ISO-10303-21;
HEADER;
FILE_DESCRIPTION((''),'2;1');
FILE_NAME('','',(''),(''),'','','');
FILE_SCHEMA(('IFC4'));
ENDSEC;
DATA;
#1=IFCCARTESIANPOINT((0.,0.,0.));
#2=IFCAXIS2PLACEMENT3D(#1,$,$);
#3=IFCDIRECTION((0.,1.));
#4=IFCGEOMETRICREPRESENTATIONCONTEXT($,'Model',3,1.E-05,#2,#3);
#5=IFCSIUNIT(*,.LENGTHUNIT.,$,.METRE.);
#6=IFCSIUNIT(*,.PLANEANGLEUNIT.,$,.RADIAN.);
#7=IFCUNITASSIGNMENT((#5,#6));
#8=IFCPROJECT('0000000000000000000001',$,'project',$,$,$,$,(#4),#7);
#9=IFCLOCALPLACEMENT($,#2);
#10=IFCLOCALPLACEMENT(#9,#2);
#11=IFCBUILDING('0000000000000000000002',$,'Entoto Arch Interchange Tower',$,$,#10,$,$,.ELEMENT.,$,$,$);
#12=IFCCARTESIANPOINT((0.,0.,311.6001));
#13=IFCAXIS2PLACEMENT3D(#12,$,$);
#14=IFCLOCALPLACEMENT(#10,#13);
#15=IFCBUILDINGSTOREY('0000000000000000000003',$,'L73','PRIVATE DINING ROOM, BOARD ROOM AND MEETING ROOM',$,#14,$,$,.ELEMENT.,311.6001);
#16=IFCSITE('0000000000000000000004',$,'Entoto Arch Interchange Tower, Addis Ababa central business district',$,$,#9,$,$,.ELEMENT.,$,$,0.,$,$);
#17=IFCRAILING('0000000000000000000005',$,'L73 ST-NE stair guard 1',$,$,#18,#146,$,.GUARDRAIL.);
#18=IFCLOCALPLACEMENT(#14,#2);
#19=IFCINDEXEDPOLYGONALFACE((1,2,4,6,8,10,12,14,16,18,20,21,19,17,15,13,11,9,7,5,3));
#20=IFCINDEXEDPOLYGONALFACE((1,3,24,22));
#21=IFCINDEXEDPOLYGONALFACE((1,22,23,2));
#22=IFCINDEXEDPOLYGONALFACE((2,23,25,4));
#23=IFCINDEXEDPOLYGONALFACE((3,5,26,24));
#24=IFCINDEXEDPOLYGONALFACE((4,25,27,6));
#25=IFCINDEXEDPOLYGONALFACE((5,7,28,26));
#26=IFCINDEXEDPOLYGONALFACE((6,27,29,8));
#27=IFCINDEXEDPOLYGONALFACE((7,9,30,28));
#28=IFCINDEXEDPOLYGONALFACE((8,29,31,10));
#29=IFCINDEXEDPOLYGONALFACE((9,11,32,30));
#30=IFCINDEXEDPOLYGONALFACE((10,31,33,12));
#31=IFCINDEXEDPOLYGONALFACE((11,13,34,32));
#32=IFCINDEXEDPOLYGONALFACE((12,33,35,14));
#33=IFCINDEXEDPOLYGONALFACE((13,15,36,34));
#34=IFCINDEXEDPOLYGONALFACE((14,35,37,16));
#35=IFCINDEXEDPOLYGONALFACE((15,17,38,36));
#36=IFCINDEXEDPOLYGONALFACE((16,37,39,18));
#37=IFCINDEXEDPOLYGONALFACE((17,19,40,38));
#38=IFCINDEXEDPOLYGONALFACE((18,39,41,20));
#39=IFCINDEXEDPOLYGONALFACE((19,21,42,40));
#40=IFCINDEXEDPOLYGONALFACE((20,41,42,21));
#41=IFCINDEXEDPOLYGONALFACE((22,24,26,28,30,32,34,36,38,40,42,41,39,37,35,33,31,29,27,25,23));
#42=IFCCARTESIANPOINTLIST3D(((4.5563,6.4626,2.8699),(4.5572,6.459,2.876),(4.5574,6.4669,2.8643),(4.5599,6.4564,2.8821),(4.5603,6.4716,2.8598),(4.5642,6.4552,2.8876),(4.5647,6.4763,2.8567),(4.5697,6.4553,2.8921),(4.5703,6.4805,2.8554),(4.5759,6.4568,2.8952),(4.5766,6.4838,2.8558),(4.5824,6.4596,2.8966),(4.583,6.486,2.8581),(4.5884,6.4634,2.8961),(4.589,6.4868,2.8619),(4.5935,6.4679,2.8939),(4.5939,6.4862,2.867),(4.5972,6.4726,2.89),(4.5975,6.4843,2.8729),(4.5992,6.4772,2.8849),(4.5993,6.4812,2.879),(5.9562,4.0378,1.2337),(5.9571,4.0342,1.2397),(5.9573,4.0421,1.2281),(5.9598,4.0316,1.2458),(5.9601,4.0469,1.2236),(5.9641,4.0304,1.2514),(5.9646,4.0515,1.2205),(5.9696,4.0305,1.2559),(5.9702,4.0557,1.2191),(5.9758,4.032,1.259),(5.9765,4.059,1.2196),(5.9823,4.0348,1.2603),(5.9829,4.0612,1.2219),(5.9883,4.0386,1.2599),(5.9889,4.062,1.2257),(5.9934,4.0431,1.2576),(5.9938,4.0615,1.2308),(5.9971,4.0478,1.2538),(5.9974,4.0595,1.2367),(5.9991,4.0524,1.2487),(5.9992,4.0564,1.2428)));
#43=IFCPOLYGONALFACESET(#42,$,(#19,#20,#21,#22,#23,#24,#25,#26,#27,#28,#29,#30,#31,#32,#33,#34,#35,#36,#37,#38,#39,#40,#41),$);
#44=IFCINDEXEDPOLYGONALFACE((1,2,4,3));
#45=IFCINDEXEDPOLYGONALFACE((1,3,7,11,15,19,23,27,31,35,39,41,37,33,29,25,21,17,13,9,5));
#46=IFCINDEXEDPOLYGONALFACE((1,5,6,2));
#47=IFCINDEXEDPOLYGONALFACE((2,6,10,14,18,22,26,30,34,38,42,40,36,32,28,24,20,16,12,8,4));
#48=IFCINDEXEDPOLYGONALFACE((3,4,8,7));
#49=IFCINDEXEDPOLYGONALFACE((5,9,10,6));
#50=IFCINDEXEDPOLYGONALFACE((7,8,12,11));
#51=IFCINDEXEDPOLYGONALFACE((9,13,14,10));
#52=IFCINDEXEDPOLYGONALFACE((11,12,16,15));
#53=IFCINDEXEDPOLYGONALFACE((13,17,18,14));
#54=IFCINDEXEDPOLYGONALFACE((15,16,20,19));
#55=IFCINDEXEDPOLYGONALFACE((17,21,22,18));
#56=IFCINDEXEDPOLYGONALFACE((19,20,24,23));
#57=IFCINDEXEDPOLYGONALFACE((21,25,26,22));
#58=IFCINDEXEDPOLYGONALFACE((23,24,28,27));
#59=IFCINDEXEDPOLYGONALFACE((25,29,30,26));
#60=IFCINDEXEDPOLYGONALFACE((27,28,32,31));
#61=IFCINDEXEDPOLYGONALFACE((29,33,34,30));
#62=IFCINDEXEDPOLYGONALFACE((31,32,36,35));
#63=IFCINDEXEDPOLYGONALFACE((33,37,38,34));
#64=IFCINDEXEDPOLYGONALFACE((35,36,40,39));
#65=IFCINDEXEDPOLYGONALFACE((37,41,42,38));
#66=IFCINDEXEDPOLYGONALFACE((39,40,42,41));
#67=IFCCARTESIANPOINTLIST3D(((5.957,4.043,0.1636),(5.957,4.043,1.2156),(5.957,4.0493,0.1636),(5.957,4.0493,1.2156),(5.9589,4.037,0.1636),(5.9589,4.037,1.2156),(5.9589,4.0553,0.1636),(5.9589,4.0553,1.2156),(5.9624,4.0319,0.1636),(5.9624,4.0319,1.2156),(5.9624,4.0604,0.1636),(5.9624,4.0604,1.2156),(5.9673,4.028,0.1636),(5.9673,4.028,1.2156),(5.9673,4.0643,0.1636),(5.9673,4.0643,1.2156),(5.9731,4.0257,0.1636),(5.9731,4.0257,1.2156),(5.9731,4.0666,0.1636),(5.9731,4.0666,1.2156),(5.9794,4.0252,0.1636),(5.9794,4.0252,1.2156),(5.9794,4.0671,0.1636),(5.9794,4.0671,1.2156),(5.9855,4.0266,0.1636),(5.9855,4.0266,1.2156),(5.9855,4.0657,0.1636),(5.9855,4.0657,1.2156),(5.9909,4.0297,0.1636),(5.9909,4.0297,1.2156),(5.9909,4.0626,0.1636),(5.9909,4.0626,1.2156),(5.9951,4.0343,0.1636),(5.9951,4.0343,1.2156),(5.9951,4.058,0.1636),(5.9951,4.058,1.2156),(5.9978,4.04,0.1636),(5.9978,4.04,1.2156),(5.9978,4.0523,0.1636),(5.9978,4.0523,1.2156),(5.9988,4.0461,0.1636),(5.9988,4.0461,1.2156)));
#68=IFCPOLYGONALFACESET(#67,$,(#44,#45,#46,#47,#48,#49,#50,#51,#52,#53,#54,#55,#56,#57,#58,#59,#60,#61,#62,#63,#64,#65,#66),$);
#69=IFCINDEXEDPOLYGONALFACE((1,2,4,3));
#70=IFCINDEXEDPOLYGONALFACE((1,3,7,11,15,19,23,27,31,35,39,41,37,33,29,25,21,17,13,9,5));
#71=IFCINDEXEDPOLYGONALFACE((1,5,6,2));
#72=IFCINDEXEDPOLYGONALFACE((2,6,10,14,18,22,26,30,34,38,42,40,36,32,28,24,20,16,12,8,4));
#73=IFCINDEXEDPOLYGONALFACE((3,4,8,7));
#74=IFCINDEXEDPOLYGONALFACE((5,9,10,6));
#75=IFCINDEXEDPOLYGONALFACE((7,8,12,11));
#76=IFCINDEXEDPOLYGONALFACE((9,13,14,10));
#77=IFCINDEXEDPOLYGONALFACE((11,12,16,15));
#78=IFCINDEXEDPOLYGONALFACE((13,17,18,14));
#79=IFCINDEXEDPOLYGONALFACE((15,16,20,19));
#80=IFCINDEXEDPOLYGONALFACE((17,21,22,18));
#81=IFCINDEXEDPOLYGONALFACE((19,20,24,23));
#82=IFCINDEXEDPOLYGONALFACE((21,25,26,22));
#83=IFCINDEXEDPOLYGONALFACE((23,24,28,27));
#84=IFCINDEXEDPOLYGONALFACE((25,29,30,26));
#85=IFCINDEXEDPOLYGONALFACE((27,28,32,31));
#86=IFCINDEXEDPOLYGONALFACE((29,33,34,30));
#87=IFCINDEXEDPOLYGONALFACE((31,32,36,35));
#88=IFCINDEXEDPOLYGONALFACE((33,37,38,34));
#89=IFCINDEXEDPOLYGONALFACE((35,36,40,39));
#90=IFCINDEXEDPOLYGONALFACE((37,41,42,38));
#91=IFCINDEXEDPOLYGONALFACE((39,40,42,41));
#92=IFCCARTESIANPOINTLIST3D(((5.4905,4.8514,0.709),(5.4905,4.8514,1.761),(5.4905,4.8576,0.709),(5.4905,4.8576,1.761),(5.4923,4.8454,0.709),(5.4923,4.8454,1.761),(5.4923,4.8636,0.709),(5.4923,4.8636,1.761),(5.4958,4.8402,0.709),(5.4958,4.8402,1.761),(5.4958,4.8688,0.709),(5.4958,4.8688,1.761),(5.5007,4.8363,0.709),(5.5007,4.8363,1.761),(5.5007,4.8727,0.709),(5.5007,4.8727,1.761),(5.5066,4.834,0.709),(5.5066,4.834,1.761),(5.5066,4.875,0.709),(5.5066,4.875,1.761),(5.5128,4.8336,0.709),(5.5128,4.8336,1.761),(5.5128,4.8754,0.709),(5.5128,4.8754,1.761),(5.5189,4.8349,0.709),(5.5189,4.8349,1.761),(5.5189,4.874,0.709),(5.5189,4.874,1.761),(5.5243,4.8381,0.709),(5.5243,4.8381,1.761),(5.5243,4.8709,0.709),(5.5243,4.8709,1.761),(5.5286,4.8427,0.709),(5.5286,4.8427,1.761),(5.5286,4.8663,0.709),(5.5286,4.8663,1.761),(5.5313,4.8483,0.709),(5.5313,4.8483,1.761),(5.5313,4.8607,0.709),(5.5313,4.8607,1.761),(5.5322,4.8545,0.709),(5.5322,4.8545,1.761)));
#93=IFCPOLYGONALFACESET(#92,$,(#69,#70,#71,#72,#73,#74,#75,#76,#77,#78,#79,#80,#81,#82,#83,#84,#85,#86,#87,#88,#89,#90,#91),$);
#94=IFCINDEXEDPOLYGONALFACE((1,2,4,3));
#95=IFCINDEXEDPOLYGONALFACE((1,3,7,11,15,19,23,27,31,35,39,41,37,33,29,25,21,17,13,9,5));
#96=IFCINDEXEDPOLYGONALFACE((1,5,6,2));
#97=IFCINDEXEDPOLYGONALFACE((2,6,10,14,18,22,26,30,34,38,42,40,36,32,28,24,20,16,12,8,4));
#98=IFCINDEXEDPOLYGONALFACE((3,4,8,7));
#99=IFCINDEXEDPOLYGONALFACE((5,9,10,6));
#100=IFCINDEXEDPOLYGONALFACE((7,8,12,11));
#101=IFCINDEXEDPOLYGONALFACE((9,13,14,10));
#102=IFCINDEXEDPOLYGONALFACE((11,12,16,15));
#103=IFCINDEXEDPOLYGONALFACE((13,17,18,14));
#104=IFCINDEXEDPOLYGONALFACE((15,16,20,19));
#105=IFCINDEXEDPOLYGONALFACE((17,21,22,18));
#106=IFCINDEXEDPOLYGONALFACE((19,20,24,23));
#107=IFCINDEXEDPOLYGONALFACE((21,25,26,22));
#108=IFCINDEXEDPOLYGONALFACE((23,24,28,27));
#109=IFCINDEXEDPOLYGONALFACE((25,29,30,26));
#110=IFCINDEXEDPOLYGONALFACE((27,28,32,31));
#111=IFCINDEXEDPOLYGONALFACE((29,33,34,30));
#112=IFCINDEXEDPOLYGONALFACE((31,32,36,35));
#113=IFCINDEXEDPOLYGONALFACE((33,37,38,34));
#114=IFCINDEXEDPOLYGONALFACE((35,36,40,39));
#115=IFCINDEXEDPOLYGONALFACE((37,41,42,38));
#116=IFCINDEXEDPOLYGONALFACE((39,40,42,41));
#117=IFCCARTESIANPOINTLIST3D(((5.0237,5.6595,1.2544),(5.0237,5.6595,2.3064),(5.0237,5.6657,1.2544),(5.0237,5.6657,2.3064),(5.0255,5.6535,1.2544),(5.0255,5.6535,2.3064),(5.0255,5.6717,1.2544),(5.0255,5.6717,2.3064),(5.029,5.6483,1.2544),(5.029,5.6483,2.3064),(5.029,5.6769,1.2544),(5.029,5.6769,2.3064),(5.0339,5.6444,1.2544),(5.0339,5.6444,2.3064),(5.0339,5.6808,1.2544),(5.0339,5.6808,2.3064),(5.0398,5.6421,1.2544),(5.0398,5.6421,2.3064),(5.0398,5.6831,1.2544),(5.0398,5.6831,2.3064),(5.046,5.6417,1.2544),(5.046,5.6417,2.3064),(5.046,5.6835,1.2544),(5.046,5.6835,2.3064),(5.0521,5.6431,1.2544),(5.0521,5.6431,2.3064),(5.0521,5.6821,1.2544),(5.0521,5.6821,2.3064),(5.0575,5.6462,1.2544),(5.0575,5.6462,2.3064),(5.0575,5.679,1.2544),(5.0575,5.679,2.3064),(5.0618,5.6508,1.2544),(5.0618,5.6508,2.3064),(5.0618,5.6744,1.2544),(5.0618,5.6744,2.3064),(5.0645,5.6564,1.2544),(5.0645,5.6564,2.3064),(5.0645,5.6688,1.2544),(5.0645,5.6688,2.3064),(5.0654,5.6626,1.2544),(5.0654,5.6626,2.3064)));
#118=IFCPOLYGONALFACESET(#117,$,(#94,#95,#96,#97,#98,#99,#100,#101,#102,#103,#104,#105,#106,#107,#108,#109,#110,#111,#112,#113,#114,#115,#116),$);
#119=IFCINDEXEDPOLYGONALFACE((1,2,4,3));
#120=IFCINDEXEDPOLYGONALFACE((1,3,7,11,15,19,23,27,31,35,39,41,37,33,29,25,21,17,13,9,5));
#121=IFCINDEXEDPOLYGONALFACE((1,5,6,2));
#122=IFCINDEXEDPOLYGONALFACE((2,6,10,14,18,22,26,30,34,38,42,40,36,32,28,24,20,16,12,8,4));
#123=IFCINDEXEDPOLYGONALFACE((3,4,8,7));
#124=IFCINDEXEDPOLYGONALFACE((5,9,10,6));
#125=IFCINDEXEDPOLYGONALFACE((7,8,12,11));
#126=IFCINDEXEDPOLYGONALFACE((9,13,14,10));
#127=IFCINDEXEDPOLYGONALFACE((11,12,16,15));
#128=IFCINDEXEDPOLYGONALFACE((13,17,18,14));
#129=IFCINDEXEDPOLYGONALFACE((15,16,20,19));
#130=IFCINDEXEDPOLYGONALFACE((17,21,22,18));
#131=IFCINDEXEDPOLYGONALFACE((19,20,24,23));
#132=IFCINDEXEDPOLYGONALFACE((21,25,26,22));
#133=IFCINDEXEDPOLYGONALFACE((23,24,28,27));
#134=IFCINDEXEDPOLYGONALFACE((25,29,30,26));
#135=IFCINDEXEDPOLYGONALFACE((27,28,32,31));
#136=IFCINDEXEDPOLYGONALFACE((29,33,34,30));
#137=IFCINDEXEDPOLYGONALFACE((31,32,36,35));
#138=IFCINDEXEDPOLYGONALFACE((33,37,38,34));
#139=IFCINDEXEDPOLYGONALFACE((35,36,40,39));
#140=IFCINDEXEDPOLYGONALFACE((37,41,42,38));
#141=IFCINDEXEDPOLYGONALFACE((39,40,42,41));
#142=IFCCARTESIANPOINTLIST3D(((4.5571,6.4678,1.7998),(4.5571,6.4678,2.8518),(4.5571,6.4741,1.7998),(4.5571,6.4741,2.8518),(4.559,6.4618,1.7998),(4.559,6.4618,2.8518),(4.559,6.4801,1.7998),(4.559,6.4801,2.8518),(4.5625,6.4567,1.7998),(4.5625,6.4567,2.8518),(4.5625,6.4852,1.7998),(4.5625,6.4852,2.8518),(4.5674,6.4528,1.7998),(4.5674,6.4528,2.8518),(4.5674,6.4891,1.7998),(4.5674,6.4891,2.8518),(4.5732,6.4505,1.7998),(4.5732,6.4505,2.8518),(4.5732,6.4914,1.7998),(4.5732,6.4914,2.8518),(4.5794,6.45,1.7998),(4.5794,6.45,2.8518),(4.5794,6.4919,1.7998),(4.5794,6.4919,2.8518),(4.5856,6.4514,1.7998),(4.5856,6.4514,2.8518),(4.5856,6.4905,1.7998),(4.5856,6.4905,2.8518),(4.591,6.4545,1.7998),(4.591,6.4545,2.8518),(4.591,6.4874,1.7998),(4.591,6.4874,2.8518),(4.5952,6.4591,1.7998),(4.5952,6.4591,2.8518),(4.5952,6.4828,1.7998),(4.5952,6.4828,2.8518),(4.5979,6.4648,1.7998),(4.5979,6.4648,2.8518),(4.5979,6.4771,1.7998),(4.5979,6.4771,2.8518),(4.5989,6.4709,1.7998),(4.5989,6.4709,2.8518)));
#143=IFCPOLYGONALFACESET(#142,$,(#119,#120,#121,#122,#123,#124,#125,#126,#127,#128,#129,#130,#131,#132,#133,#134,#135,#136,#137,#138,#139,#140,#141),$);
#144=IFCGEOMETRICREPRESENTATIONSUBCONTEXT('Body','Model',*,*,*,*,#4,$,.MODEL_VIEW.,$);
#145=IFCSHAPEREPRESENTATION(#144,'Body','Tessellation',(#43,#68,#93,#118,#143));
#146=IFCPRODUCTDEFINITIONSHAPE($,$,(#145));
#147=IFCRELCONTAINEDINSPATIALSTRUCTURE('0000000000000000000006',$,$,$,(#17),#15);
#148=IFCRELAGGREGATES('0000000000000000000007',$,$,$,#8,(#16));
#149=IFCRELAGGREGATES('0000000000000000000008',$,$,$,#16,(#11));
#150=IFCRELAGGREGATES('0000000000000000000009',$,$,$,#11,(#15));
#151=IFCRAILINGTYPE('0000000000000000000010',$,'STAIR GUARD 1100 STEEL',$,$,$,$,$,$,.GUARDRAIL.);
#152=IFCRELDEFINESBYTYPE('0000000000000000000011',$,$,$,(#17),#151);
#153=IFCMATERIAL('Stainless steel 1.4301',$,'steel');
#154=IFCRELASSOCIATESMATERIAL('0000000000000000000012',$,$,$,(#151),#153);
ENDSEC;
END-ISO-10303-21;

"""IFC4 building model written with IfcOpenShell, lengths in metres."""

from ifc_helpers import new_model, si_unit, direction, frame, origin, origin_2d, place, context, subcontext, project, spatial, circle, extrude, material, type_object, element, save


model = new_model("IFC4")

# Units and contexts
model_context = context("Model", 3, precision=1e-05, world=origin(), true_north=direction((0.0, 1.0)))
body_context = subcontext(model_context, "Body", "Model", "MODEL_VIEW")
ifc_project = project(units=[si_unit("LENGTHUNIT", "METRE"), si_unit("PLANEANGLEUNIT", "RADIAN")], contexts=[model_context])

# Site, building, storey
site_placement = place(None, origin())
site = spatial("IfcSite", under=ifc_project, at=site_placement, Name="Entoto Arch Interchange Tower, Addis Ababa central business district", CompositionType="ELEMENT", RefElevation=0.0)
building_placement = place(site_placement, origin())
building = spatial("IfcBuilding", under=site, at=building_placement, Name="Entoto Arch Interchange Tower", CompositionType="ELEMENT")
storey_placement = place(building_placement, frame((0.0, 0.0, 311.6001)))
storey = spatial("IfcBuildingStorey", under=building, at=storey_placement, Name="L73", Description="PRIVATE DINING ROOM, BOARD ROOM AND MEETING ROOM", CompositionType="ELEMENT", Elevation=311.6001)

# Railing
ifc_material_1 = material(Name="Stainless steel 1.4301", Category="steel")
railing_type_1 = type_object("IfcRailingType", Name="STAIR GUARD 1100 STEEL", PredefinedType="GUARDRAIL", material=ifc_material_1)
railing_1_placement = place(storey_placement, frame((5.9778, 4.0461, 0.1636)))
element("IfcRailing", 1, at=railing_1_placement, inside=storey, type_object=railing_type_1, Name="L73 ST-NE stair guard 1", PredefinedType="GUARDRAIL", context=body_context, shape_type="SweptSolid", body=[
    extrude(circle(Radius=0.0239, at=origin_2d()), frame((0.0, 0.0, 1.0762), z_axis=(-0.431677, 0.747718, 0.504552), x_axis=(-0.866035, -0.499984, 0.0)), (0.0, 0.0, 1.0), 3.2429),
    extrude(circle(Radius=0.021, at=origin_2d()), origin(), (0.0, 0.0, 1.0), 1.052),
    extrude(circle(Radius=0.021, at=origin_2d()), frame((-0.4666, 0.8083, 0.5454)), (0.0, 0.0, 1.0), 1.052),
    extrude(circle(Radius=0.021, at=origin_2d()), frame((-0.9333, 1.6165, 1.0908)), (0.0, 0.0, 1.0), 1.052),
    extrude(circle(Radius=0.021, at=origin_2d()), frame((-1.3999, 2.4248, 1.6362)), (0.0, 0.0, 1.0), 1.052),
])

save(model, "model.ifc")
